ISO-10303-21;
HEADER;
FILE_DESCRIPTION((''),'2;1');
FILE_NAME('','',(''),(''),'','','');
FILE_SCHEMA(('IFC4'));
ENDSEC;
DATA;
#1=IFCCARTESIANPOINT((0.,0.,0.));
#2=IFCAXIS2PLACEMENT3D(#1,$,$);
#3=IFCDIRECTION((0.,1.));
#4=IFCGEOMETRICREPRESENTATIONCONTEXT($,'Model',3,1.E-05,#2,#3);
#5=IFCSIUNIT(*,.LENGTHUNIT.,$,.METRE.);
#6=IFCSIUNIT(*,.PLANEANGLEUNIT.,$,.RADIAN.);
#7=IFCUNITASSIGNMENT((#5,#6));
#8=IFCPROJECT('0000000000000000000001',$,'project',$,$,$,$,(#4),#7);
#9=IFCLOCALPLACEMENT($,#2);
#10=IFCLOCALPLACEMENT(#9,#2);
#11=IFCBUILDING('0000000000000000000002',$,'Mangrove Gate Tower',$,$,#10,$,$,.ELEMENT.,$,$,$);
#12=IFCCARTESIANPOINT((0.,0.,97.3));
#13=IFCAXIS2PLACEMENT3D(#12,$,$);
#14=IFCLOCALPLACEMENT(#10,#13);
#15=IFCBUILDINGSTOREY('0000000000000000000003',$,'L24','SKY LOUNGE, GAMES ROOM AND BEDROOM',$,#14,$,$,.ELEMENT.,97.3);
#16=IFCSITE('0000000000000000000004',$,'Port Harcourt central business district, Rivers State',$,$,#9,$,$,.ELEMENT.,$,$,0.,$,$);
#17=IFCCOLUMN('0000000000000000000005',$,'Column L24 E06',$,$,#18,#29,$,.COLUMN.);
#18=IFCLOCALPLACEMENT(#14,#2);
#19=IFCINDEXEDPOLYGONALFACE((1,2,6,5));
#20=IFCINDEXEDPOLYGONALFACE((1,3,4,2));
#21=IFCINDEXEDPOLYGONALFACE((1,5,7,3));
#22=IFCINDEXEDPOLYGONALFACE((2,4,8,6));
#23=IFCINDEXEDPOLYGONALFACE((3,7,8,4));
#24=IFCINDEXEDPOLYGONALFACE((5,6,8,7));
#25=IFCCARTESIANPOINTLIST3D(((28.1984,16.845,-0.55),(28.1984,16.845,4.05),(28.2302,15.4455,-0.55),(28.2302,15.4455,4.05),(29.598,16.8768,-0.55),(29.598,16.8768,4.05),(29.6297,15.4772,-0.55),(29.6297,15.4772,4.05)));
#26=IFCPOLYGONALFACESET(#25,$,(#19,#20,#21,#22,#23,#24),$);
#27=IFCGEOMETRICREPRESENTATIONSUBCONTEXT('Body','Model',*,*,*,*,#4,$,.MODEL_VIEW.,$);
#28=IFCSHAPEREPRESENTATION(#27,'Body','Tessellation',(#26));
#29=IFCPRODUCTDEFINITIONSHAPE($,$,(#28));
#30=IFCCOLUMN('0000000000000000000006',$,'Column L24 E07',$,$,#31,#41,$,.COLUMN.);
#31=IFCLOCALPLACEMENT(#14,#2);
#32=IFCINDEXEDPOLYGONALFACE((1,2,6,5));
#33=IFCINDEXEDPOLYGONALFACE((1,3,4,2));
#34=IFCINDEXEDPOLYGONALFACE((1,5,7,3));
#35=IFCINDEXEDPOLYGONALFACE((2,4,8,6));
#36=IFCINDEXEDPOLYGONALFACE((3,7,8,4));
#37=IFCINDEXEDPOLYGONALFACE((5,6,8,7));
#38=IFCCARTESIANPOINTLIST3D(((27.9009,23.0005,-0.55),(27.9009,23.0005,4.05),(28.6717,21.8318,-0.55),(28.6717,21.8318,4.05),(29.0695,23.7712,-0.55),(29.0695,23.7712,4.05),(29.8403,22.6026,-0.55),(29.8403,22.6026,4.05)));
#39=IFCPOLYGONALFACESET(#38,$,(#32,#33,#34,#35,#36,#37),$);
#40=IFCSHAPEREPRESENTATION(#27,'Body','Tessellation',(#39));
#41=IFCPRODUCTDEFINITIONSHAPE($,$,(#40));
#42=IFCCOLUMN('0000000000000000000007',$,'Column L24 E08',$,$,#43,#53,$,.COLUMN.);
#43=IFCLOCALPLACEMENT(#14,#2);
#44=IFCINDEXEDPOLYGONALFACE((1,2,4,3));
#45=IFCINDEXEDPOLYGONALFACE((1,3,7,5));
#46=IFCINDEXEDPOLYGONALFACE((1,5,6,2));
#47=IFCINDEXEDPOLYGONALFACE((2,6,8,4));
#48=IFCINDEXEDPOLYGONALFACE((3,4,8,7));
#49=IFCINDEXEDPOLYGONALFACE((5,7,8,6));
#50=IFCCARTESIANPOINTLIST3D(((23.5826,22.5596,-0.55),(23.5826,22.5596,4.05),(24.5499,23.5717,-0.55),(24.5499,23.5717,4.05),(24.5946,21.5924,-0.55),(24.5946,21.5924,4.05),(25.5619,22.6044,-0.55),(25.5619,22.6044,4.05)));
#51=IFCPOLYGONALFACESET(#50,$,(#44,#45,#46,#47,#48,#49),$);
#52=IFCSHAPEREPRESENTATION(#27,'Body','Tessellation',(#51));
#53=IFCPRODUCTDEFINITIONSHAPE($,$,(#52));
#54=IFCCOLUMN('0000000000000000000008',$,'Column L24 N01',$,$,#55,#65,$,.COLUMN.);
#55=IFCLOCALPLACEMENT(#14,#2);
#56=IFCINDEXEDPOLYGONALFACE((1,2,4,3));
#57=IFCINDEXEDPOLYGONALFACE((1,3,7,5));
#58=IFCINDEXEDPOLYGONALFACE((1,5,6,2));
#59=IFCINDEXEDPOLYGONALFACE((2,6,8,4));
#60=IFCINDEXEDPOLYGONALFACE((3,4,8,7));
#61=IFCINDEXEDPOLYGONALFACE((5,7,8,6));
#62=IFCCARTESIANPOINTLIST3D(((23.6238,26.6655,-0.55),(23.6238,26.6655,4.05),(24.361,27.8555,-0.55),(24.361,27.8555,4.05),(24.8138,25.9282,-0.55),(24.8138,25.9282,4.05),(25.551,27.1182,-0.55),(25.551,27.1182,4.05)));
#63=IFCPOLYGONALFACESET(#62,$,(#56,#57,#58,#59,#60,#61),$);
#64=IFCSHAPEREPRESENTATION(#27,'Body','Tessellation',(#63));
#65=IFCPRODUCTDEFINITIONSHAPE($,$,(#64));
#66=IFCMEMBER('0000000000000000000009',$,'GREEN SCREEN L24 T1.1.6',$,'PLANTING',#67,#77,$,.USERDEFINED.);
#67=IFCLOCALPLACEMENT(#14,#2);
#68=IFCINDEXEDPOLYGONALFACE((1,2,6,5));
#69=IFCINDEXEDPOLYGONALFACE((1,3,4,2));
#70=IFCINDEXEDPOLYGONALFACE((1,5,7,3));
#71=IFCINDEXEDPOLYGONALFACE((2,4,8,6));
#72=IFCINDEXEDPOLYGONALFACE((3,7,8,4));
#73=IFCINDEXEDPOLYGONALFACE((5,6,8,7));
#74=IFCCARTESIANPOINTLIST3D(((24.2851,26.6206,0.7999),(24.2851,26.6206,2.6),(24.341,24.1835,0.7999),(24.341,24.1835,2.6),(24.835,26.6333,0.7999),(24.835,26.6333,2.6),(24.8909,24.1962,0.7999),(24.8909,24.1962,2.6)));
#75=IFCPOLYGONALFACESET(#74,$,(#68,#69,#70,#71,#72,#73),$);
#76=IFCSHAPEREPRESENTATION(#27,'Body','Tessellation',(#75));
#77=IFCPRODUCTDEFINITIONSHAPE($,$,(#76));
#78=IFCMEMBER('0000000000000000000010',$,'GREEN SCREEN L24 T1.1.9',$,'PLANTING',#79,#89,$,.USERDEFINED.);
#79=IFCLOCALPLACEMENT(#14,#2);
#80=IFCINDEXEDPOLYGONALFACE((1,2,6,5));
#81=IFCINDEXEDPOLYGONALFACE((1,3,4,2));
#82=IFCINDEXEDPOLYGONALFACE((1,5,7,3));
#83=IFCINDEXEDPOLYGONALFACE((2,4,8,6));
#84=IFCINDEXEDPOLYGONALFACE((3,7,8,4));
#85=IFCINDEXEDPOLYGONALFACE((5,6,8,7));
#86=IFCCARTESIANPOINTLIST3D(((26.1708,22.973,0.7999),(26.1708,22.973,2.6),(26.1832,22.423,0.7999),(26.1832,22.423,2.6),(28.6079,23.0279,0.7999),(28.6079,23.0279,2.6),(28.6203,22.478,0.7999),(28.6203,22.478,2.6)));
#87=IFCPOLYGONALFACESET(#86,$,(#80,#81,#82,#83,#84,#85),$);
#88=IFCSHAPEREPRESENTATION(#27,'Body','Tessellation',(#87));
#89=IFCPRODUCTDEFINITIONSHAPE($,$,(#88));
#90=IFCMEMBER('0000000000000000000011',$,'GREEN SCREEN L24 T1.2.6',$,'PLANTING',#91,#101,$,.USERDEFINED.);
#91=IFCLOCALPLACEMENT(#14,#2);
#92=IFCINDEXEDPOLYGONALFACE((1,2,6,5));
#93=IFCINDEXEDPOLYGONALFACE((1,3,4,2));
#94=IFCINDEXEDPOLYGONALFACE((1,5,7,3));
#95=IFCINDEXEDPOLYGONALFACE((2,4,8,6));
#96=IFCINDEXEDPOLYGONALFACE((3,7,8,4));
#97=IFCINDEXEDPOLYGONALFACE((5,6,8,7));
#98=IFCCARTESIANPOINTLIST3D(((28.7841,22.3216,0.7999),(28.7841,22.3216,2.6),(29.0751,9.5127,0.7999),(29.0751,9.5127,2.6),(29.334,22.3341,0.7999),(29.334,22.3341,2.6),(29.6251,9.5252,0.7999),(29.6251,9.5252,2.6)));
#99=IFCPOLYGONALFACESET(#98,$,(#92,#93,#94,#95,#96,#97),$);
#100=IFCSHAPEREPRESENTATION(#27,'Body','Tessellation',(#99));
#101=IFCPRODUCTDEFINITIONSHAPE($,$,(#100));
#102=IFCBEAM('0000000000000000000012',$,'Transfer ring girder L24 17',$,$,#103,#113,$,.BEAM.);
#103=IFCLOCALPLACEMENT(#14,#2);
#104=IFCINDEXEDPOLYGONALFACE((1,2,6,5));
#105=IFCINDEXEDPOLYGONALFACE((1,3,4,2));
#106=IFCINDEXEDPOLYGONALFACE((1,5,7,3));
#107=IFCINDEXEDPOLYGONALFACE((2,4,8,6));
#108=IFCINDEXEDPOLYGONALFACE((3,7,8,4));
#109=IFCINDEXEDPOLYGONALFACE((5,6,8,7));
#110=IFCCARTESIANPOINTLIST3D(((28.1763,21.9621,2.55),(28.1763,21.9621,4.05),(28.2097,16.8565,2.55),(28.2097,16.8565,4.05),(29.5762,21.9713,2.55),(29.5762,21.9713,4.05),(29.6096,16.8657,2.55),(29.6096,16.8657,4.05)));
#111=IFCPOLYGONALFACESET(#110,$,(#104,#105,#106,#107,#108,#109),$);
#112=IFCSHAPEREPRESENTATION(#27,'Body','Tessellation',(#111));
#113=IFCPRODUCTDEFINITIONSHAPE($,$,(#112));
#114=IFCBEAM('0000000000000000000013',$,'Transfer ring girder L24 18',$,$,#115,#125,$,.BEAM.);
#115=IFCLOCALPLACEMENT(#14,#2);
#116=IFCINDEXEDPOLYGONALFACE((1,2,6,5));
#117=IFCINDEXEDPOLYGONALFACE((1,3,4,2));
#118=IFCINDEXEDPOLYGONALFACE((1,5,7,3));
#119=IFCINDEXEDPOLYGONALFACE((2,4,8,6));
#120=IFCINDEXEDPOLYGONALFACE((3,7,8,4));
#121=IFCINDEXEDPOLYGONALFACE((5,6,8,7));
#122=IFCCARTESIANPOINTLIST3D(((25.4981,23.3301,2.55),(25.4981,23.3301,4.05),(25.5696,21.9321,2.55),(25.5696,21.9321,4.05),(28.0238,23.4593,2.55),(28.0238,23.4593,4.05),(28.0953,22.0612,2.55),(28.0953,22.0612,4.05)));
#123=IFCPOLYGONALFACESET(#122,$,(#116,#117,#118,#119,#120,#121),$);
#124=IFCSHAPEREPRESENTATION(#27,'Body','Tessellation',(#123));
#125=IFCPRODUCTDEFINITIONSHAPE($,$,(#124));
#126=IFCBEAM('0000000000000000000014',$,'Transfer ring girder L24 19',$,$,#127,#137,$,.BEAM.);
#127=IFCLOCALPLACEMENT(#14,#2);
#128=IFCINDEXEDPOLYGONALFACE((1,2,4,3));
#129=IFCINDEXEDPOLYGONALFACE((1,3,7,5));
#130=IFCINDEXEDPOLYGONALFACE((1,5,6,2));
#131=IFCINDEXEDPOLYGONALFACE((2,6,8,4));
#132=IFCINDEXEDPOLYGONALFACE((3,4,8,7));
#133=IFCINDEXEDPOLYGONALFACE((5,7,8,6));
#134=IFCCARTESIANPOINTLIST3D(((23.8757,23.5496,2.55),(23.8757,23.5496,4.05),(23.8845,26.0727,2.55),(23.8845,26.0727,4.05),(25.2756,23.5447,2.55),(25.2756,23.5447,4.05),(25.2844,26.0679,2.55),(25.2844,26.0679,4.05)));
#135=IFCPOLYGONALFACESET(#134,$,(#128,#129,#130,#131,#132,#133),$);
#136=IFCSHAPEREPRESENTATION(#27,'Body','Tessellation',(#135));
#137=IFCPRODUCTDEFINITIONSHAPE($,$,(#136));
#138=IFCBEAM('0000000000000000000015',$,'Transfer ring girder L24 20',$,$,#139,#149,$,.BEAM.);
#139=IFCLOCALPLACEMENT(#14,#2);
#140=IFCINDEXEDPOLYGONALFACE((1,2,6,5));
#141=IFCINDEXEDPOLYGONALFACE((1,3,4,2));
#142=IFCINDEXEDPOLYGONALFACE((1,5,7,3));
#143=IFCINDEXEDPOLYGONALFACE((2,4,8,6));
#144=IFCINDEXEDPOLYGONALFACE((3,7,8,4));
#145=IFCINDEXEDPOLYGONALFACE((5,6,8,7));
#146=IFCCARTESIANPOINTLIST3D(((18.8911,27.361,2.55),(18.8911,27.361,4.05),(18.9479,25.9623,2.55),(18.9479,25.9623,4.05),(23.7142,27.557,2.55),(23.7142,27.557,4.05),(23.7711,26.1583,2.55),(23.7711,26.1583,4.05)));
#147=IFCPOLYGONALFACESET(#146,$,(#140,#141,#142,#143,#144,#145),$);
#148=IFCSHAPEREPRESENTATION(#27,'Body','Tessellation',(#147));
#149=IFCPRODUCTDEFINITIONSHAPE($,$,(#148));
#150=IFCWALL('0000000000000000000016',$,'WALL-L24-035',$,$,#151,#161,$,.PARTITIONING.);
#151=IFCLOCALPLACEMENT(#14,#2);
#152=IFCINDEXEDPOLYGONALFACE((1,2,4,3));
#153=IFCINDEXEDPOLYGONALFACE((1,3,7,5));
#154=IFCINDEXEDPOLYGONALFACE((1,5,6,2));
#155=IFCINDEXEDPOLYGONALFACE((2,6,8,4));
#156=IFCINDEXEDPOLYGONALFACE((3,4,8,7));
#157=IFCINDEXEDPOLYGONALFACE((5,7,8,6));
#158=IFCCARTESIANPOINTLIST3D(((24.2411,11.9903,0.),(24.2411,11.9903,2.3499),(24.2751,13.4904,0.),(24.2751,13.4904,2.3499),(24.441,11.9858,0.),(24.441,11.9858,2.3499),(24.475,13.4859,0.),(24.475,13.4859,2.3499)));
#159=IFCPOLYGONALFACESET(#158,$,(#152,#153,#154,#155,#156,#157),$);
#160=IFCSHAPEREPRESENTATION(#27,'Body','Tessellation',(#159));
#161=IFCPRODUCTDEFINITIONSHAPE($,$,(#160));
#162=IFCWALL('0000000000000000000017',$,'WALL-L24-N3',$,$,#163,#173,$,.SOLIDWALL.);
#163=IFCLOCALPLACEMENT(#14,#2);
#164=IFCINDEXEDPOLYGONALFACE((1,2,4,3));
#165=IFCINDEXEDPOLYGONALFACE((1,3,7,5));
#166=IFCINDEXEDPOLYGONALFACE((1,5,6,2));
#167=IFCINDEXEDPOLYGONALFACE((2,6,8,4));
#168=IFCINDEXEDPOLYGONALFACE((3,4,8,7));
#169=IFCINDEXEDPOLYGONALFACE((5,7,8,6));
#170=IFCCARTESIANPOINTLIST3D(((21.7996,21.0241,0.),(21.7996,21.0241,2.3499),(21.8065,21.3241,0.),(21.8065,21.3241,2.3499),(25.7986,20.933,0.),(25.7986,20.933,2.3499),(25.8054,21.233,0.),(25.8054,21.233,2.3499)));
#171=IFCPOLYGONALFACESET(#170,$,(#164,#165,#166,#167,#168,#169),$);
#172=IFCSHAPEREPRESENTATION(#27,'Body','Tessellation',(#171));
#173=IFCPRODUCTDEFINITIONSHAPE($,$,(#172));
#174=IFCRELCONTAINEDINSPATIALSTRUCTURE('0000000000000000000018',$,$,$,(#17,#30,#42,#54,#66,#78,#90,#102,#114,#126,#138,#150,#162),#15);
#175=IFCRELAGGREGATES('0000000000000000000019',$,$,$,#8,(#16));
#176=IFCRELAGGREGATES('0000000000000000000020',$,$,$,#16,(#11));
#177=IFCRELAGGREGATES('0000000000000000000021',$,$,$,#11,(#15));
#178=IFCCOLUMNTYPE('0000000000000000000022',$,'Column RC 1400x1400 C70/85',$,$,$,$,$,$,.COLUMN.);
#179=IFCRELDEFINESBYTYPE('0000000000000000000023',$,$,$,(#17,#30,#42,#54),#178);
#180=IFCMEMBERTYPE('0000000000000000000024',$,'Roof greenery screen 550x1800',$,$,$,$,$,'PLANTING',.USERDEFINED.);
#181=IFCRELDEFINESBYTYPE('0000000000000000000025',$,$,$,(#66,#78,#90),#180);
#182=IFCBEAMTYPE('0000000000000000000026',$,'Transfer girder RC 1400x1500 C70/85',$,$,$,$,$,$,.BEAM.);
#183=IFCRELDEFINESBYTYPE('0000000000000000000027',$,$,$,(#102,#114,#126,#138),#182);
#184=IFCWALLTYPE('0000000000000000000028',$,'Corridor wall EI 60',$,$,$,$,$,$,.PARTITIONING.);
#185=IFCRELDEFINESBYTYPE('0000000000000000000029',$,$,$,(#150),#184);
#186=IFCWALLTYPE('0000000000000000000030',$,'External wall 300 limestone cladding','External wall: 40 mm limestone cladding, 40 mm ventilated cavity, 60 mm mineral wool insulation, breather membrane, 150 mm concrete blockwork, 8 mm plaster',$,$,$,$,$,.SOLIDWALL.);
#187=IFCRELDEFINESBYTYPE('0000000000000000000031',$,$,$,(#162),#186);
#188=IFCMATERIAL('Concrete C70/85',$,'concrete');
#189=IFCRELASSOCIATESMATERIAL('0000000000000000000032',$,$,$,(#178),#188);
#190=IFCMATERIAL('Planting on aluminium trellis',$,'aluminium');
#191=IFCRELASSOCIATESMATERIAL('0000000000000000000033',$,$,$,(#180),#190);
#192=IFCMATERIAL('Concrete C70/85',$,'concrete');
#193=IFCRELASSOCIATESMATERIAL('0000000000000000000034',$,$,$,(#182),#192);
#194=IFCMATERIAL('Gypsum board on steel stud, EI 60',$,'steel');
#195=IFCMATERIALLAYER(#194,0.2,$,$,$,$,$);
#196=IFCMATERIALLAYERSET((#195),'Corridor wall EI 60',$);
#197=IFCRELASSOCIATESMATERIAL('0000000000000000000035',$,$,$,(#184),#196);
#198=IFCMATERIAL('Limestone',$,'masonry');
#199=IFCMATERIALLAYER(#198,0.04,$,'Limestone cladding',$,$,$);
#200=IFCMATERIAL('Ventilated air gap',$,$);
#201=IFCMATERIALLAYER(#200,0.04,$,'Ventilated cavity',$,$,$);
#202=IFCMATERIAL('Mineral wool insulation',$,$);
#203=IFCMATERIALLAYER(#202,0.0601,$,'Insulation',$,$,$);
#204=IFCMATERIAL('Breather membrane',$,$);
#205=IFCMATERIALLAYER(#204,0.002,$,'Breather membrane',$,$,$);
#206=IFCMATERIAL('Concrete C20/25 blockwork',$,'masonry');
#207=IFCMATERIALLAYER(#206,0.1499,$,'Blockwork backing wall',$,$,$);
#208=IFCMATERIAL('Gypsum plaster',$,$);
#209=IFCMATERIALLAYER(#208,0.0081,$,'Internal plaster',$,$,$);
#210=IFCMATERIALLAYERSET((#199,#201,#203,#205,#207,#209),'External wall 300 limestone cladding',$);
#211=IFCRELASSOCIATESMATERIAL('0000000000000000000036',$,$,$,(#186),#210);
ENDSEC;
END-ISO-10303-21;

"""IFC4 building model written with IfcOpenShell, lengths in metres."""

from ifc_helpers import new_model, si_unit, direction, frame, frame_2d, origin, origin_2d, place, context, subcontext, project, spatial, rectangle, extrude, material, layer, layer_set, material_profile, profile_set, type_object, element, save


model = new_model("IFC4")

# Units and contexts
model_context = context("Model", 3, precision=1e-05, world=origin(), true_north=direction((0.0, 1.0)))
body_context = subcontext(model_context, "Body", "Model", "MODEL_VIEW")
ifc_project = project(units=[si_unit("LENGTHUNIT", "METRE"), si_unit("PLANEANGLEUNIT", "RADIAN")], contexts=[model_context])

# Site, building, storey
site_placement = place(None, origin())
site = spatial("IfcSite", under=ifc_project, at=site_placement, Name="Port Harcourt central business district, Rivers State", CompositionType="ELEMENT", RefElevation=0.0)
building_placement = place(site_placement, origin())
building = spatial("IfcBuilding", under=site, at=building_placement, Name="Mangrove Gate Tower", CompositionType="ELEMENT")
storey_placement = place(building_placement, frame((0.0, 0.0, 97.3)))
storey = spatial("IfcBuildingStorey", under=building, at=storey_placement, Name="L24", Description="SKY LOUNGE, GAMES ROOM AND BEDROOM", CompositionType="ELEMENT", Elevation=97.3)

# Columns
ifc_material_1 = material(Name="Concrete C70/85", Category="concrete")
ifc_material_profile_1 = material_profile(ifc_material_1, rectangle(XDim=1.3999, YDim=1.3999, at=origin_2d()))
ifc_profile_set_1 = profile_set([ifc_material_profile_1], Name="Concrete C70/85")
column_type = type_object("IfcColumnType", Name="Column RC 1400x1400 C70/85", PredefinedType="COLUMN", material=ifc_profile_set_1)
for number, where, z_axis, x_axis, name in (
    (1, (28.9141, 16.1611, -0.55), (0.0, 0.0, 1.0), (-0.022674, 0.999743, 0.0), "Column L24 E06"),
    (2, (28.8706, 22.8015, -0.55), (0.0, 0.0, 1.0), (-0.550568, 0.83479, 0.0), "Column L24 E07"),
    (3, (24.5723, 22.582, -0.55), (0.0, 0.0, 1.0), (-0.722914, 0.690938, 0.0), "Column L24 E08"),
    (4, (24.5874, 26.8918, -0.55), (0.0, 0.0, 1.0), (-0.850083, 0.526649, 0.0), "Column L24 N01"),
):
    element("IfcColumn", number, at=place(storey_placement, frame(where, z_axis=z_axis, x_axis=x_axis)), inside=storey, type_object=column_type, Name=name, PredefinedType="COLUMN", context=body_context, shape_type="SweptSolid", body=[
        extrude(rectangle(XDim=1.3999, YDim=1.3999, at=origin_2d()), origin(), (0.0, 0.0, 1.0), 4.6001),
    ])

# Members
ifc_material_2 = material(Name="Planting on aluminium trellis", Category="aluminium")
ifc_material_profile_2 = material_profile(ifc_material_2, rectangle(XDim=0.55, YDim=1.8, at=origin_2d()))
ifc_profile_set_2 = profile_set([ifc_material_profile_2], Name="Planting on aluminium trellis")
member_type = type_object("IfcMemberType", Name="Roof greenery screen 550x1800", ElementType="PLANTING", PredefinedType="USERDEFINED", material=ifc_profile_set_2)
for number, where, z_axis, x_axis, name in (
    (5, (24.5601, 26.627, 1.7), (0.022935, -0.999737, 0.0), (0.999737, 0.022935, 0.0), "GREEN SCREEN L24 T1.1.6"),
    (6, (26.177, 22.698, 1.7), (0.999746, 0.022535, 0.0), (-0.022535, 0.999746, 0.0), "GREEN SCREEN L24 T1.1.9"),
):
    element("IfcMember", number, at=place(storey_placement, frame(where, z_axis=z_axis, x_axis=x_axis)), inside=storey, type_object=member_type, Name=name, ObjectType="PLANTING", PredefinedType="USERDEFINED", context=body_context, shape_type="SweptSolid", body=[
        extrude(rectangle(XDim=0.55, YDim=1.8, at=origin_2d()), origin(), (0.0, 0.0, 1.0), 2.4377),
    ])
member_placement = place(storey_placement, frame((29.0591, 22.3279, 1.7), z_axis=(0.022714, -0.999742, 0.0), x_axis=(0.999742, 0.022714, 0.0)))
element("IfcMember", 7, at=member_placement, inside=storey, type_object=member_type, Name="GREEN SCREEN L24 T1.2.6", ObjectType="PLANTING", PredefinedType="USERDEFINED", context=body_context, shape_type="SweptSolid", body=[
    extrude(rectangle(XDim=0.55, YDim=1.8, at=origin_2d()), origin(), (0.0, 0.0, 1.0), 12.8123),
])

# Beams
ifc_material_3 = material(Name="Concrete C70/85", Category="concrete")
ifc_material_profile_3 = material_profile(ifc_material_3, rectangle(XDim=1.3999, YDim=1.5, at=origin_2d()))
ifc_profile_set_3 = profile_set([ifc_material_profile_3], Name="Concrete C70/85")
beam_type = type_object("IfcBeamType", Name="Transfer girder RC 1400x1500 C70/85", PredefinedType="BEAM", material=ifc_profile_set_3)
beam_1_placement = place(storey_placement, frame((28.9097, 16.8611, 3.3), z_axis=(-0.006551, 0.999979, 0.0), x_axis=(-0.999979, -0.006551, 0.0)))
element("IfcBeam", 8, at=beam_1_placement, inside=storey, type_object=beam_type, Name="Transfer ring girder L24 17", PredefinedType="BEAM", context=body_context, shape_type="SweptSolid", body=[
    extrude(rectangle(XDim=1.3999, YDim=1.5, at=origin_2d()), origin(), (0.0, 0.0, 1.0), 5.1057),
])
beam_2_placement = place(storey_placement, frame((28.0596, 22.7603, 3.3), z_axis=(-0.998695, -0.051069, 0.0), x_axis=(0.051069, -0.998695, 0.0)))
element("IfcBeam", 9, at=beam_2_placement, inside=storey, type_object=beam_type, Name="Transfer ring girder L24 18", PredefinedType="BEAM", context=body_context, shape_type="SweptSolid", body=[
    extrude(rectangle(XDim=1.3999, YDim=1.5, at=origin_2d()), origin(), (0.0, 0.0, 1.0), 2.5291),
])
beam_3_placement = place(storey_placement, frame((24.5757, 23.5471, 3.3), z_axis=(0.003483, 0.999994, 0.0), x_axis=(-0.999994, 0.003483, 0.0)))
element("IfcBeam", 10, at=beam_3_placement, inside=storey, type_object=beam_type, Name="Transfer ring girder L24 19", PredefinedType="BEAM", context=body_context, shape_type="SweptSolid", body=[
    extrude(rectangle(XDim=1.3999, YDim=1.5, at=origin_2d()), origin(), (0.0, 0.0, 1.0), 2.5232),
])
beam_4_placement = place(storey_placement, frame((23.7427, 26.8577, 3.3), z_axis=(-0.999175, -0.040612, 0.0), x_axis=(0.040612, -0.999175, 0.0)))
element("IfcBeam", 11, at=beam_4_placement, inside=storey, type_object=beam_type, Name="Transfer ring girder L24 20", PredefinedType="BEAM", context=body_context, shape_type="SweptSolid", body=[
    extrude(rectangle(XDim=1.3999, YDim=1.5, at=origin_2d()), origin(), (0.0, 0.0, 1.0), 4.8271),
])

# Walls
ifc_material_4 = material(Name="Gypsum board on steel stud, EI 60", Category="steel")
ifc_layer_1 = layer(ifc_material_4, 0.2)
ifc_layer_set_1 = layer_set([ifc_layer_1], Name="Corridor wall EI 60")
wall_type_1 = type_object("IfcWallType", Name="Corridor wall EI 60", PredefinedType="PARTITIONING", material=ifc_layer_set_1)
wall_1_placement = place(storey_placement, frame((24.3411, 11.988, 0.0), z_axis=(0.0, 0.0, 1.0), x_axis=(0.022618, 0.999744, 0.0)))
element("IfcWall", 12, at=wall_1_placement, inside=storey, type_object=wall_type_1, Name="WALL-L24-035", PredefinedType="PARTITIONING", context=body_context, shape_type="SweptSolid", body=[
    extrude(rectangle(XDim=1.5005, YDim=0.2, at=frame_2d((0.7502, 0.0))), origin(), (0.0, 0.0, 1.0), 2.3499),
])
ifc_material_5 = material(Name="Limestone", Category="masonry")
ifc_layer_2 = layer(ifc_material_5, 0.04, Name="Limestone cladding")
ifc_material_6 = material(Name="Ventilated air gap")
ifc_layer_3 = layer(ifc_material_6, 0.04, Name="Ventilated cavity")
ifc_material_7 = material(Name="Mineral wool insulation")
ifc_layer_4 = layer(ifc_material_7, 0.0601, Name="Insulation")
ifc_material_8 = material(Name="Breather membrane")
ifc_layer_5 = layer(ifc_material_8, 0.002, Name="Breather membrane")
ifc_material_9 = material(Name="Concrete C20/25 blockwork", Category="masonry")
ifc_layer_6 = layer(ifc_material_9, 0.1499, Name="Blockwork backing wall")
ifc_material_10 = material(Name="Gypsum plaster")
ifc_layer_7 = layer(ifc_material_10, 0.0081, Name="Internal plaster")
ifc_layer_set_2 = layer_set([ifc_layer_2, ifc_layer_3, ifc_layer_4, ifc_layer_5, ifc_layer_6, ifc_layer_7], Name="External wall 300 limestone cladding")
wall_type_2 = type_object("IfcWallType", Name="External wall 300 limestone cladding", Description="External wall: 40 mm limestone cladding, 40 mm ventilated cavity, 60 mm mineral wool insulation, breather membrane, 150 mm concrete blockwork, 8 mm plaster", PredefinedType="SOLIDWALL", material=ifc_layer_set_2)
wall_2_placement = place(storey_placement, frame((25.802, 21.083, 0.0), z_axis=(0.0, 0.0, 1.0), x_axis=(-0.999741, 0.022766, 0.0)))
element("IfcWall", 13, at=wall_2_placement, inside=storey, type_object=wall_type_2, Name="WALL-L24-N3", PredefinedType="SOLIDWALL", context=body_context, shape_type="SweptSolid", body=[
    extrude(rectangle(XDim=4.0, YDim=0.3, at=frame_2d((2.0, 0.0))), origin(), (0.0, 0.0, 1.0), 2.3499),
])

save(model, "model.ifc")
